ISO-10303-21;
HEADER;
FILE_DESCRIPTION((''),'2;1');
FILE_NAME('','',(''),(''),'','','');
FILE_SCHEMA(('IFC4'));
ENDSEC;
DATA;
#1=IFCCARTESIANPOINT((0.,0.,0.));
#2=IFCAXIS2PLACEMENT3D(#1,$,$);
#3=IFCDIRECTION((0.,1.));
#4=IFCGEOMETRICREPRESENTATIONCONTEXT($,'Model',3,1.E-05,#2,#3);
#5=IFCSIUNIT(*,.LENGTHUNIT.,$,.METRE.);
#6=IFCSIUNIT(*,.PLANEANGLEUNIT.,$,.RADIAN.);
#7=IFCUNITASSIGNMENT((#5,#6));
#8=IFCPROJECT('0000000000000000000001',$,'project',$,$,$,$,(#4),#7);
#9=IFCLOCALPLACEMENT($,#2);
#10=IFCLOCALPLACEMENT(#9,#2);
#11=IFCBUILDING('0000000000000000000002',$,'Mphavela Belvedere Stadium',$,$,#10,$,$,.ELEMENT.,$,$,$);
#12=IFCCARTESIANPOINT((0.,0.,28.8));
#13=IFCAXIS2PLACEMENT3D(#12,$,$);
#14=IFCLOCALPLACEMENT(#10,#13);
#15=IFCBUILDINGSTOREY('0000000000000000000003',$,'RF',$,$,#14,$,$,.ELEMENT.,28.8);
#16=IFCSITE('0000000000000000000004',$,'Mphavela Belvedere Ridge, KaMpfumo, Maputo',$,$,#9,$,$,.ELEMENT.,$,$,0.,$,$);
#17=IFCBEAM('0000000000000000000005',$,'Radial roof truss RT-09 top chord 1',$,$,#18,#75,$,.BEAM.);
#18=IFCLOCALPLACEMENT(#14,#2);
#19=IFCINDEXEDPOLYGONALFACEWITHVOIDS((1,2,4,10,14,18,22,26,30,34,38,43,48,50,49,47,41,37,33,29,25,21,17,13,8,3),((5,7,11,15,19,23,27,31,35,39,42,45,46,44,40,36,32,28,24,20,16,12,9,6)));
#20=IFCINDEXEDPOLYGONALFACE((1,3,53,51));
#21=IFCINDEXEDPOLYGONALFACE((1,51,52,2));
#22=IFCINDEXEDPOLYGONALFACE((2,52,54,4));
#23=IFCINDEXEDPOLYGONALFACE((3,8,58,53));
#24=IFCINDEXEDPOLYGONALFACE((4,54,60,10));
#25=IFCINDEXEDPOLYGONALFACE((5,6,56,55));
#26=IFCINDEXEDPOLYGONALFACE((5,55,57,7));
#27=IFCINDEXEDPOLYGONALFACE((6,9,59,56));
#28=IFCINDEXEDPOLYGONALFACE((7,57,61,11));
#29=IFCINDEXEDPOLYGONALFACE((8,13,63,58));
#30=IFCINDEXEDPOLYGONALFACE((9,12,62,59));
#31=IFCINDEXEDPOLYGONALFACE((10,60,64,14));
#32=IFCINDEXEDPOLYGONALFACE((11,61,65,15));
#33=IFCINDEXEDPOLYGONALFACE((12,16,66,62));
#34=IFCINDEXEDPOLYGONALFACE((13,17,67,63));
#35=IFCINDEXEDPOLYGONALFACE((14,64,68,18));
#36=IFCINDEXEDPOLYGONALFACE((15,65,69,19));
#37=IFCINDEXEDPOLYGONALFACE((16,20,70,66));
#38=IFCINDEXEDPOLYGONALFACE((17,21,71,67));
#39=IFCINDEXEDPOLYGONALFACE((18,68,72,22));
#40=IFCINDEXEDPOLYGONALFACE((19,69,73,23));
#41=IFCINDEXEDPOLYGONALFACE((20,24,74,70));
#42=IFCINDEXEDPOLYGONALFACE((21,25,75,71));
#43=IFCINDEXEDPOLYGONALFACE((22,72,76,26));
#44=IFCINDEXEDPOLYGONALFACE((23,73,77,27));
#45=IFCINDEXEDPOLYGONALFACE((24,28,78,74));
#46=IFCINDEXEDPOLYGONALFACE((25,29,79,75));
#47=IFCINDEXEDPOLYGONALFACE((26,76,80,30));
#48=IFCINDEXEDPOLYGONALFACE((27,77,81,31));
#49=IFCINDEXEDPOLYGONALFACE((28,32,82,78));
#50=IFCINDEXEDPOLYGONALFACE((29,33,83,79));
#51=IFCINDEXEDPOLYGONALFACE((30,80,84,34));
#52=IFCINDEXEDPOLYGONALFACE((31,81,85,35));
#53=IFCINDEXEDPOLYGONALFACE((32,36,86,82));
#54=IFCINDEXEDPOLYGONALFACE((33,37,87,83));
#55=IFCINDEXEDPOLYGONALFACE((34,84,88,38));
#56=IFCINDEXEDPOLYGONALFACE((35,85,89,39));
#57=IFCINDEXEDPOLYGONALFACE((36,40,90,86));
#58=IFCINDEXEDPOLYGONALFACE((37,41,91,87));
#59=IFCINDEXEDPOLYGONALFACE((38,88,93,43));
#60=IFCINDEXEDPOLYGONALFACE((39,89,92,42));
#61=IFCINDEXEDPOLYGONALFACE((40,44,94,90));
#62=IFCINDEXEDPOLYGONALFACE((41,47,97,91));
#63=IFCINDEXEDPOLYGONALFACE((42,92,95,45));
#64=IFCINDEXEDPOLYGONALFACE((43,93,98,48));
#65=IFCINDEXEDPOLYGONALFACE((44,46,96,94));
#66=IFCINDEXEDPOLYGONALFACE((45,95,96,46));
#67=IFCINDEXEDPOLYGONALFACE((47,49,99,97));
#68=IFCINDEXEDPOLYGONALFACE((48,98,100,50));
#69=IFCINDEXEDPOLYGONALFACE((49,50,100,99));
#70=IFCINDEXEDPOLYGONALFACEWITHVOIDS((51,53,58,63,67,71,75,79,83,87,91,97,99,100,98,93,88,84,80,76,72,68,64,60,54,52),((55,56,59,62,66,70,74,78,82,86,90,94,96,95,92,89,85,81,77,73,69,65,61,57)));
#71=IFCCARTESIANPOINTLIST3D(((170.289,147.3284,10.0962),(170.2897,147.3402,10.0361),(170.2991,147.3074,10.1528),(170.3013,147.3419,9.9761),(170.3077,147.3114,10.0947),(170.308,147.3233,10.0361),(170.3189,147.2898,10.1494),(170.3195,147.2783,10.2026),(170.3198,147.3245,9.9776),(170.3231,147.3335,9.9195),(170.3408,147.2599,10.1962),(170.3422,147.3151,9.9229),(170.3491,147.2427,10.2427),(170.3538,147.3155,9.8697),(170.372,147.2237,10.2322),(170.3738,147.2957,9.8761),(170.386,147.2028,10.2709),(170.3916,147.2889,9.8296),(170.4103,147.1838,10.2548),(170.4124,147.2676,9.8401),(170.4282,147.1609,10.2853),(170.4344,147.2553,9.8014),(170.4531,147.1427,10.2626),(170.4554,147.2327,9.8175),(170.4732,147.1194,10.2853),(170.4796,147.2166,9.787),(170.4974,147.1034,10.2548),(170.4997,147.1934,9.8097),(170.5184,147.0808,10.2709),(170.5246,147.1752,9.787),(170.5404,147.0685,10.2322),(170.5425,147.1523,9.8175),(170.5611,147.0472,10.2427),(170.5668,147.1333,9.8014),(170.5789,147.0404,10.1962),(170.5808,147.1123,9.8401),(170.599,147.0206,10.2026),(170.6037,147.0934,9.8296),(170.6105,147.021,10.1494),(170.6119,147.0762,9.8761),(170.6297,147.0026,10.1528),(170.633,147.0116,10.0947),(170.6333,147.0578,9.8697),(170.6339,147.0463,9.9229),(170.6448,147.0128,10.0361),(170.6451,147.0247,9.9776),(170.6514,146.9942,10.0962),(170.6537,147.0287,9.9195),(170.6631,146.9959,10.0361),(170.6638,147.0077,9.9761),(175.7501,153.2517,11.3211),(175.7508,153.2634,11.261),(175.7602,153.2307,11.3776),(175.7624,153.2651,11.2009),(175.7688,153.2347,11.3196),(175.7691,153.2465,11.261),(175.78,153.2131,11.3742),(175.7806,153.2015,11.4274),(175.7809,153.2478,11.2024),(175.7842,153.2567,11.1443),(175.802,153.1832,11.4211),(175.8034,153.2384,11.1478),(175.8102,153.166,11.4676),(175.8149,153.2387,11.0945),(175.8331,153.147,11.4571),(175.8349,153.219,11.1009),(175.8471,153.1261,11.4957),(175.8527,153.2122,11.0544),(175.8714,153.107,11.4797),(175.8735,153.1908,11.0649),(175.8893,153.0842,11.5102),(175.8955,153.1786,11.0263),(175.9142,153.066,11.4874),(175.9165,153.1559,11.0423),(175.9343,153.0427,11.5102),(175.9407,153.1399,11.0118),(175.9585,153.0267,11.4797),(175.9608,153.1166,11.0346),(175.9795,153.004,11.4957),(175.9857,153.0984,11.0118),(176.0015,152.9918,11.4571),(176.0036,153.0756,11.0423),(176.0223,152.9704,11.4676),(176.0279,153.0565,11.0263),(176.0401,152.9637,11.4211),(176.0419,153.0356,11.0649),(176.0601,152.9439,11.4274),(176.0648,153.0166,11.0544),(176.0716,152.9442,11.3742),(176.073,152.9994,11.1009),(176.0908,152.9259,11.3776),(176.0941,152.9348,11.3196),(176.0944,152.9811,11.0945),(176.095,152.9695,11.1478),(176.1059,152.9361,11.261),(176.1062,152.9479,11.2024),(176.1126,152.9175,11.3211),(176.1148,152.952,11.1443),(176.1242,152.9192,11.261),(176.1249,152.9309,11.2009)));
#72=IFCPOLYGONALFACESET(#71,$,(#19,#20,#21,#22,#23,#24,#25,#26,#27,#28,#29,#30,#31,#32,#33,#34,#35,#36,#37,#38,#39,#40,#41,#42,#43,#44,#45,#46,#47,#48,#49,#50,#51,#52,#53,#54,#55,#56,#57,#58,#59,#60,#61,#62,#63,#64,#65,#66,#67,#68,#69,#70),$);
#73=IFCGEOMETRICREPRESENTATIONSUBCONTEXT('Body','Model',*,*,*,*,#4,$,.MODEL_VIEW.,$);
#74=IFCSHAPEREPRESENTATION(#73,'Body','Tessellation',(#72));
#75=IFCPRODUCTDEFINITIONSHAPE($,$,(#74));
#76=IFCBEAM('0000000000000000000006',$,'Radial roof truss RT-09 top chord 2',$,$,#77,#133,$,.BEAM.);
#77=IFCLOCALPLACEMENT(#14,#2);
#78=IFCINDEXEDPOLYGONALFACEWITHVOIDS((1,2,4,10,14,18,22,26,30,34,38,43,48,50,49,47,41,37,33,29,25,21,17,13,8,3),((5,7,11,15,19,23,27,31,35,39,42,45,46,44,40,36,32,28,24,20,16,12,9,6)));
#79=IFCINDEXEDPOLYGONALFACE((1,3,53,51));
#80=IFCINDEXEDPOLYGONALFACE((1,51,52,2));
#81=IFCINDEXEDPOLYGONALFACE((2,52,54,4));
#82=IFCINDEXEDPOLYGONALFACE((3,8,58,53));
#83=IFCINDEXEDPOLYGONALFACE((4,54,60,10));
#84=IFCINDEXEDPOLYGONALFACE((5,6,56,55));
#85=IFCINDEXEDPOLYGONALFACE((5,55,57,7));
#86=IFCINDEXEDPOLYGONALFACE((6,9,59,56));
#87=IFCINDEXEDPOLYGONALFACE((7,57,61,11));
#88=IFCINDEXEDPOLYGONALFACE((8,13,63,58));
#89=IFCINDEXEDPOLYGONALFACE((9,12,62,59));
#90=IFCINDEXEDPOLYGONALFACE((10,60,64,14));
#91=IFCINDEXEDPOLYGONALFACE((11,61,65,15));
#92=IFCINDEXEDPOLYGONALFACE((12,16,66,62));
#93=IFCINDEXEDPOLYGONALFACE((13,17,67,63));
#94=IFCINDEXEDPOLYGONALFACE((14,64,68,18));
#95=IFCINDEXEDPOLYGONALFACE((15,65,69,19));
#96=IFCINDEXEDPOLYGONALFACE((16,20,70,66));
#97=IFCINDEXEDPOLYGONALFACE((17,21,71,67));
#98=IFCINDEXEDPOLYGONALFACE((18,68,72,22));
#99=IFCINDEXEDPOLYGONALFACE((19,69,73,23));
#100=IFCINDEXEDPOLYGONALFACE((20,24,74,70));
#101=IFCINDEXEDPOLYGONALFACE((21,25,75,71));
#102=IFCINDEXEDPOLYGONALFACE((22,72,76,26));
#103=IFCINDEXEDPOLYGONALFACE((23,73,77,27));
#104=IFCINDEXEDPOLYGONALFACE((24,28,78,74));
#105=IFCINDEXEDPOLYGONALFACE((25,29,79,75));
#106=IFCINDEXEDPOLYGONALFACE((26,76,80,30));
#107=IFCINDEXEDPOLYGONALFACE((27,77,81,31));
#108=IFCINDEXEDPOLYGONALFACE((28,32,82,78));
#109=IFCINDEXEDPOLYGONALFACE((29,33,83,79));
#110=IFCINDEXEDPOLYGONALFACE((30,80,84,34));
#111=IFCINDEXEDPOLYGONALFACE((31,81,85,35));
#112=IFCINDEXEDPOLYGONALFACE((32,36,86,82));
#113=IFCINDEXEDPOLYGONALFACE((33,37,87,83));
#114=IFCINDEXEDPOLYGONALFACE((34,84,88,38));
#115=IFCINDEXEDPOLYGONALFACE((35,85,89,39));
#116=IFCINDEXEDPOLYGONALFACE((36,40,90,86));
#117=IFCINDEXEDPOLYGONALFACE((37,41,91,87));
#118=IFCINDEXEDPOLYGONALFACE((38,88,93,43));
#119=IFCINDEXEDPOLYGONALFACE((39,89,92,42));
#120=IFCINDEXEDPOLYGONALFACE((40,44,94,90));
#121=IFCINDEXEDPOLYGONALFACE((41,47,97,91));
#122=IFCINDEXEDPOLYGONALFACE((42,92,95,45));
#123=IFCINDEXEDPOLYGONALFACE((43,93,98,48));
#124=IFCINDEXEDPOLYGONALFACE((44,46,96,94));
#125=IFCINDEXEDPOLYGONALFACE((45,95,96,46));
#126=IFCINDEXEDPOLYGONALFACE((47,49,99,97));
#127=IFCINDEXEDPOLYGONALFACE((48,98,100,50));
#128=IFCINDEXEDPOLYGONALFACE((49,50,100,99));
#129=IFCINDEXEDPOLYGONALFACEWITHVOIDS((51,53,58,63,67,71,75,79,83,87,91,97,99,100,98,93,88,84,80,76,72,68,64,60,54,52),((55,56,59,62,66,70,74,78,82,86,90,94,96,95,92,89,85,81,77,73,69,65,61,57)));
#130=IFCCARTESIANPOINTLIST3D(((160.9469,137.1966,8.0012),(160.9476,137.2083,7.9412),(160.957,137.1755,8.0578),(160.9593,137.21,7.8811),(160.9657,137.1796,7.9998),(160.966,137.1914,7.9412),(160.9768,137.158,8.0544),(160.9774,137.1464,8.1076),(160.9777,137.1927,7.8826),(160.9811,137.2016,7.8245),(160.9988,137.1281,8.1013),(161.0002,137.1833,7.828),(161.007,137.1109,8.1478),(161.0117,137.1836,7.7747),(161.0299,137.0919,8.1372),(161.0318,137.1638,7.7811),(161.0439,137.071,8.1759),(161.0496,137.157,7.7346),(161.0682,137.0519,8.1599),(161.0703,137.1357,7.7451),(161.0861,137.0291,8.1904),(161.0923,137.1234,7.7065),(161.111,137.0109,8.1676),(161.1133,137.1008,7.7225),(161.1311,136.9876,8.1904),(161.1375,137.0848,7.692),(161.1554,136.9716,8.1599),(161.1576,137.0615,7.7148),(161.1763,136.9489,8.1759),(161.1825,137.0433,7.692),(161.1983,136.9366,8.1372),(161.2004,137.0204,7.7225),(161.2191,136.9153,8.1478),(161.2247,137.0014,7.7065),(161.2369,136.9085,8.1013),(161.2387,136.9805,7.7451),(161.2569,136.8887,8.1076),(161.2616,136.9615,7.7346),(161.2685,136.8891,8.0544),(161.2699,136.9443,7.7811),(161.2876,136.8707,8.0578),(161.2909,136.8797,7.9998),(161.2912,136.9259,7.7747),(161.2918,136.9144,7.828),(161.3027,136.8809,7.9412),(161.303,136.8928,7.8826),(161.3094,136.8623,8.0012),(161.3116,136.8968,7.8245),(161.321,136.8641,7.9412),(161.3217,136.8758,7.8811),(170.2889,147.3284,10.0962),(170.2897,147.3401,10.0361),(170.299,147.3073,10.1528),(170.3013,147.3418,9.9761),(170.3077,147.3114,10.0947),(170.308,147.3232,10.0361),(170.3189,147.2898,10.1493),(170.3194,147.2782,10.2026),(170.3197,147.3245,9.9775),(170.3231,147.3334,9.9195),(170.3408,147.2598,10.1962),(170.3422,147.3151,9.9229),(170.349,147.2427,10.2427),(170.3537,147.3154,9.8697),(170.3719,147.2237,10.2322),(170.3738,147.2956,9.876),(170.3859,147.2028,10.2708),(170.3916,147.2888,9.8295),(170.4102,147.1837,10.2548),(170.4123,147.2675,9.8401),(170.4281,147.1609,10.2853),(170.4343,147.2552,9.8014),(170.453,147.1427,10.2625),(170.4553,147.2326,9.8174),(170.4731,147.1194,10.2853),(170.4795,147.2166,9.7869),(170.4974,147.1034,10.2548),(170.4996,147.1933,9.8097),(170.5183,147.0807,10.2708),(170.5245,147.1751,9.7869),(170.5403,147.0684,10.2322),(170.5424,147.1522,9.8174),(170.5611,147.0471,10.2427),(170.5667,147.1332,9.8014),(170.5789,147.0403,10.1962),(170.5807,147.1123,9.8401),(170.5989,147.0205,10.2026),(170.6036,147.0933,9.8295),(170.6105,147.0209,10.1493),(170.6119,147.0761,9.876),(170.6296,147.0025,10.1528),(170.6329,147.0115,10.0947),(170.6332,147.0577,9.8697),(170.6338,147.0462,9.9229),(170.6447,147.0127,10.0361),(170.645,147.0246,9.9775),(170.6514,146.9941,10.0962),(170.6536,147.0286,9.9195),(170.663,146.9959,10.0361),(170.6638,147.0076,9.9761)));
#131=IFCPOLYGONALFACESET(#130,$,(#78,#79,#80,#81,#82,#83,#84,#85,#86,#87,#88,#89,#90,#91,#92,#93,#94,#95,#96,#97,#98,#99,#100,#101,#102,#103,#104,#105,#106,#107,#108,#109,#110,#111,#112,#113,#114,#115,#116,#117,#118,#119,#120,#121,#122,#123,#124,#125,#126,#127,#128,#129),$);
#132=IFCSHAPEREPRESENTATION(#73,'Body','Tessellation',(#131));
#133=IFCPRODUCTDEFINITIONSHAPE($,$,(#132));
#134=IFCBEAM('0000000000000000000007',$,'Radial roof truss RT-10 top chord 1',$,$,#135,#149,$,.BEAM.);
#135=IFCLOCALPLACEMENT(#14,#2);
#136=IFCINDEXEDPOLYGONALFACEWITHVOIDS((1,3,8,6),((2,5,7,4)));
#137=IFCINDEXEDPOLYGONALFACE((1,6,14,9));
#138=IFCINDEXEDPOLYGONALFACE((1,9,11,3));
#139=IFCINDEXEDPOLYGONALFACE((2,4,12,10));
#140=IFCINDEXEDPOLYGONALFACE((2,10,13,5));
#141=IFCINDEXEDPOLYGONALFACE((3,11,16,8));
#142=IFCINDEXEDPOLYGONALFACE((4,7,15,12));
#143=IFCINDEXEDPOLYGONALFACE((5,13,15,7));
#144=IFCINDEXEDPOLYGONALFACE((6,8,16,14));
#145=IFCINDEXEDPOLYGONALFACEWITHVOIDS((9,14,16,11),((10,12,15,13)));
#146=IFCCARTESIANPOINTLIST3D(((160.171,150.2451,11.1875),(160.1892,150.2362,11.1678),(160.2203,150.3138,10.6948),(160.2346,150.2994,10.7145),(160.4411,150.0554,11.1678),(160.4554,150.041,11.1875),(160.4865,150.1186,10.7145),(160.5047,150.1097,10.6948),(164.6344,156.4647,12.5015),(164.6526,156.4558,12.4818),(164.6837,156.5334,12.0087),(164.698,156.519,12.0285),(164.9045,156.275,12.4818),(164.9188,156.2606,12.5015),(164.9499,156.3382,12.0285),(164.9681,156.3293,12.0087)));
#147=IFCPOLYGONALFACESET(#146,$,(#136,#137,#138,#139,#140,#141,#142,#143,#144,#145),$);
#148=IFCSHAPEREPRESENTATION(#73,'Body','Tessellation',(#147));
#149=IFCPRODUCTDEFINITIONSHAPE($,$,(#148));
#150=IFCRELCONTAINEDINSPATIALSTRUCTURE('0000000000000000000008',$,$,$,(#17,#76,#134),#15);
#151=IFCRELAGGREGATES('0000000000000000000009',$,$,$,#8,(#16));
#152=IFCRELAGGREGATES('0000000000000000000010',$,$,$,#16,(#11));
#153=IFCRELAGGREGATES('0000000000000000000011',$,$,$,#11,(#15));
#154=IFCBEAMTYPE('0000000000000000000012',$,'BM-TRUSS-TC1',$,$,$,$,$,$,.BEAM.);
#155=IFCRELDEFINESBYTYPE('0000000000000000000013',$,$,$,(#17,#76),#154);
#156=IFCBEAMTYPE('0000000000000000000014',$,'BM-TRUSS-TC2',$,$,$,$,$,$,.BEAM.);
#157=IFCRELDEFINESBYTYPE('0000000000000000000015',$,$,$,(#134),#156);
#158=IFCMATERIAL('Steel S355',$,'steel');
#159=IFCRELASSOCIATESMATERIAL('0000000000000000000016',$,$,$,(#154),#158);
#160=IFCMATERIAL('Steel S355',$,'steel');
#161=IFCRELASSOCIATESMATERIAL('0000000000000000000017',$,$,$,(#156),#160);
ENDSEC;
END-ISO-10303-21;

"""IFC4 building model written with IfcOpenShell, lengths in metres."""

from ifc_helpers import new_model, si_unit, direction, frame, origin, origin_2d, place, context, subcontext, project, spatial, hollow_rectangle, hollow_circle, extrude, material, material_profile, profile_set, type_object, element, save


model = new_model("IFC4")

# Units and contexts
model_context = context("Model", 3, precision=1e-05, world=origin(), true_north=direction((0.0, 1.0)))
body_context = subcontext(model_context, "Body", "Model", "MODEL_VIEW")
ifc_project = project(units=[si_unit("LENGTHUNIT", "METRE"), si_unit("PLANEANGLEUNIT", "RADIAN")], contexts=[model_context])

# Site, building, storey
site_placement = place(None, origin())
site = spatial("IfcSite", under=ifc_project, at=site_placement, Name="Mphavela Belvedere Ridge, KaMpfumo, Maputo", CompositionType="ELEMENT", RefElevation=0.0)
building_placement = place(site_placement, origin())
building = spatial("IfcBuilding", under=site, at=building_placement, Name="Mphavela Belvedere Stadium", CompositionType="ELEMENT")
storey_placement = place(building_placement, frame((0.0, 0.0, 28.8)))
storey = spatial("IfcBuildingStorey", under=building, at=storey_placement, Name="RF", CompositionType="ELEMENT", Elevation=28.8)

# Beams
ifc_material_1 = material(Name="Steel S355", Category="steel")
ifc_material_profile_1 = material_profile(ifc_material_1, hollow_circle(Radius=0.2539, WallThickness=0.0249, at=origin_2d()), Name="CHS 508x25")
ifc_profile_set_1 = profile_set([ifc_material_profile_1], Name="Steel S355")
beam_type_1 = type_object("IfcBeamType", Name="BM-TRUSS-TC1", PredefinedType="BEAM", material=ifc_profile_set_1)
beam_1_placement = place(storey_placement, frame((175.9375, 153.0913, 11.261), z_axis=(-0.670143, -0.726855, -0.150302), x_axis=(0.735206, -0.677843, 0.0)))
element("IfcBeam", 1, at=beam_1_placement, inside=storey, type_object=beam_type_1, Name="Radial roof truss RT-09 top chord 1", PredefinedType="BEAM", context=body_context, shape_type="SweptSolid", body=[
    extrude(hollow_circle(Radius=0.2539, WallThickness=0.0249, at=origin_2d()), origin(), (0.0, 0.0, 1.0), 8.1492),
])
beam_2_placement = place(storey_placement, frame((170.4763, 147.168, 10.0361), z_axis=(-0.670173, -0.72683, -0.150287), x_axis=(0.73518, -0.677872, 0.0)))
element("IfcBeam", 2, at=beam_2_placement, inside=storey, type_object=beam_type_1, Name="Radial roof truss RT-09 top chord 2", PredefinedType="BEAM", context=body_context, shape_type="SweptSolid", body=[
    extrude(hollow_circle(Radius=0.2539, WallThickness=0.0249, at=origin_2d()), origin(), (0.0, 0.0, 1.0), 13.9397),
])
ifc_material_2 = material(Name="Steel S355", Category="steel")
ifc_material_profile_2 = material_profile(ifc_material_2, hollow_rectangle(XDim=0.3501, YDim=0.5, WallThickness=0.02, at=origin_2d()), Name="RHS 500x350x20")
ifc_profile_set_2 = profile_set([ifc_material_profile_2], Name="Steel S355")
beam_type_2 = type_object("IfcBeamType", Name="BM-TRUSS-TC2", PredefinedType="BEAM", material=ifc_profile_set_2)
beam_3_placement = place(storey_placement, frame((164.8013, 156.397, 12.2551), z_axis=(-0.574641, -0.800731, -0.169167), x_axis=(0.812441, -0.583044, 0.0)))
element("IfcBeam", 3, at=beam_3_placement, inside=storey, type_object=beam_type_2, Name="Radial roof truss RT-10 top chord 1", PredefinedType="BEAM", context=body_context, shape_type="SweptSolid", body=[
    extrude(hollow_rectangle(XDim=0.3501, YDim=0.5, WallThickness=0.02, at=origin_2d()), origin(), (0.0, 0.0, 1.0), 7.7673),
])

save(model, "model.ifc")
